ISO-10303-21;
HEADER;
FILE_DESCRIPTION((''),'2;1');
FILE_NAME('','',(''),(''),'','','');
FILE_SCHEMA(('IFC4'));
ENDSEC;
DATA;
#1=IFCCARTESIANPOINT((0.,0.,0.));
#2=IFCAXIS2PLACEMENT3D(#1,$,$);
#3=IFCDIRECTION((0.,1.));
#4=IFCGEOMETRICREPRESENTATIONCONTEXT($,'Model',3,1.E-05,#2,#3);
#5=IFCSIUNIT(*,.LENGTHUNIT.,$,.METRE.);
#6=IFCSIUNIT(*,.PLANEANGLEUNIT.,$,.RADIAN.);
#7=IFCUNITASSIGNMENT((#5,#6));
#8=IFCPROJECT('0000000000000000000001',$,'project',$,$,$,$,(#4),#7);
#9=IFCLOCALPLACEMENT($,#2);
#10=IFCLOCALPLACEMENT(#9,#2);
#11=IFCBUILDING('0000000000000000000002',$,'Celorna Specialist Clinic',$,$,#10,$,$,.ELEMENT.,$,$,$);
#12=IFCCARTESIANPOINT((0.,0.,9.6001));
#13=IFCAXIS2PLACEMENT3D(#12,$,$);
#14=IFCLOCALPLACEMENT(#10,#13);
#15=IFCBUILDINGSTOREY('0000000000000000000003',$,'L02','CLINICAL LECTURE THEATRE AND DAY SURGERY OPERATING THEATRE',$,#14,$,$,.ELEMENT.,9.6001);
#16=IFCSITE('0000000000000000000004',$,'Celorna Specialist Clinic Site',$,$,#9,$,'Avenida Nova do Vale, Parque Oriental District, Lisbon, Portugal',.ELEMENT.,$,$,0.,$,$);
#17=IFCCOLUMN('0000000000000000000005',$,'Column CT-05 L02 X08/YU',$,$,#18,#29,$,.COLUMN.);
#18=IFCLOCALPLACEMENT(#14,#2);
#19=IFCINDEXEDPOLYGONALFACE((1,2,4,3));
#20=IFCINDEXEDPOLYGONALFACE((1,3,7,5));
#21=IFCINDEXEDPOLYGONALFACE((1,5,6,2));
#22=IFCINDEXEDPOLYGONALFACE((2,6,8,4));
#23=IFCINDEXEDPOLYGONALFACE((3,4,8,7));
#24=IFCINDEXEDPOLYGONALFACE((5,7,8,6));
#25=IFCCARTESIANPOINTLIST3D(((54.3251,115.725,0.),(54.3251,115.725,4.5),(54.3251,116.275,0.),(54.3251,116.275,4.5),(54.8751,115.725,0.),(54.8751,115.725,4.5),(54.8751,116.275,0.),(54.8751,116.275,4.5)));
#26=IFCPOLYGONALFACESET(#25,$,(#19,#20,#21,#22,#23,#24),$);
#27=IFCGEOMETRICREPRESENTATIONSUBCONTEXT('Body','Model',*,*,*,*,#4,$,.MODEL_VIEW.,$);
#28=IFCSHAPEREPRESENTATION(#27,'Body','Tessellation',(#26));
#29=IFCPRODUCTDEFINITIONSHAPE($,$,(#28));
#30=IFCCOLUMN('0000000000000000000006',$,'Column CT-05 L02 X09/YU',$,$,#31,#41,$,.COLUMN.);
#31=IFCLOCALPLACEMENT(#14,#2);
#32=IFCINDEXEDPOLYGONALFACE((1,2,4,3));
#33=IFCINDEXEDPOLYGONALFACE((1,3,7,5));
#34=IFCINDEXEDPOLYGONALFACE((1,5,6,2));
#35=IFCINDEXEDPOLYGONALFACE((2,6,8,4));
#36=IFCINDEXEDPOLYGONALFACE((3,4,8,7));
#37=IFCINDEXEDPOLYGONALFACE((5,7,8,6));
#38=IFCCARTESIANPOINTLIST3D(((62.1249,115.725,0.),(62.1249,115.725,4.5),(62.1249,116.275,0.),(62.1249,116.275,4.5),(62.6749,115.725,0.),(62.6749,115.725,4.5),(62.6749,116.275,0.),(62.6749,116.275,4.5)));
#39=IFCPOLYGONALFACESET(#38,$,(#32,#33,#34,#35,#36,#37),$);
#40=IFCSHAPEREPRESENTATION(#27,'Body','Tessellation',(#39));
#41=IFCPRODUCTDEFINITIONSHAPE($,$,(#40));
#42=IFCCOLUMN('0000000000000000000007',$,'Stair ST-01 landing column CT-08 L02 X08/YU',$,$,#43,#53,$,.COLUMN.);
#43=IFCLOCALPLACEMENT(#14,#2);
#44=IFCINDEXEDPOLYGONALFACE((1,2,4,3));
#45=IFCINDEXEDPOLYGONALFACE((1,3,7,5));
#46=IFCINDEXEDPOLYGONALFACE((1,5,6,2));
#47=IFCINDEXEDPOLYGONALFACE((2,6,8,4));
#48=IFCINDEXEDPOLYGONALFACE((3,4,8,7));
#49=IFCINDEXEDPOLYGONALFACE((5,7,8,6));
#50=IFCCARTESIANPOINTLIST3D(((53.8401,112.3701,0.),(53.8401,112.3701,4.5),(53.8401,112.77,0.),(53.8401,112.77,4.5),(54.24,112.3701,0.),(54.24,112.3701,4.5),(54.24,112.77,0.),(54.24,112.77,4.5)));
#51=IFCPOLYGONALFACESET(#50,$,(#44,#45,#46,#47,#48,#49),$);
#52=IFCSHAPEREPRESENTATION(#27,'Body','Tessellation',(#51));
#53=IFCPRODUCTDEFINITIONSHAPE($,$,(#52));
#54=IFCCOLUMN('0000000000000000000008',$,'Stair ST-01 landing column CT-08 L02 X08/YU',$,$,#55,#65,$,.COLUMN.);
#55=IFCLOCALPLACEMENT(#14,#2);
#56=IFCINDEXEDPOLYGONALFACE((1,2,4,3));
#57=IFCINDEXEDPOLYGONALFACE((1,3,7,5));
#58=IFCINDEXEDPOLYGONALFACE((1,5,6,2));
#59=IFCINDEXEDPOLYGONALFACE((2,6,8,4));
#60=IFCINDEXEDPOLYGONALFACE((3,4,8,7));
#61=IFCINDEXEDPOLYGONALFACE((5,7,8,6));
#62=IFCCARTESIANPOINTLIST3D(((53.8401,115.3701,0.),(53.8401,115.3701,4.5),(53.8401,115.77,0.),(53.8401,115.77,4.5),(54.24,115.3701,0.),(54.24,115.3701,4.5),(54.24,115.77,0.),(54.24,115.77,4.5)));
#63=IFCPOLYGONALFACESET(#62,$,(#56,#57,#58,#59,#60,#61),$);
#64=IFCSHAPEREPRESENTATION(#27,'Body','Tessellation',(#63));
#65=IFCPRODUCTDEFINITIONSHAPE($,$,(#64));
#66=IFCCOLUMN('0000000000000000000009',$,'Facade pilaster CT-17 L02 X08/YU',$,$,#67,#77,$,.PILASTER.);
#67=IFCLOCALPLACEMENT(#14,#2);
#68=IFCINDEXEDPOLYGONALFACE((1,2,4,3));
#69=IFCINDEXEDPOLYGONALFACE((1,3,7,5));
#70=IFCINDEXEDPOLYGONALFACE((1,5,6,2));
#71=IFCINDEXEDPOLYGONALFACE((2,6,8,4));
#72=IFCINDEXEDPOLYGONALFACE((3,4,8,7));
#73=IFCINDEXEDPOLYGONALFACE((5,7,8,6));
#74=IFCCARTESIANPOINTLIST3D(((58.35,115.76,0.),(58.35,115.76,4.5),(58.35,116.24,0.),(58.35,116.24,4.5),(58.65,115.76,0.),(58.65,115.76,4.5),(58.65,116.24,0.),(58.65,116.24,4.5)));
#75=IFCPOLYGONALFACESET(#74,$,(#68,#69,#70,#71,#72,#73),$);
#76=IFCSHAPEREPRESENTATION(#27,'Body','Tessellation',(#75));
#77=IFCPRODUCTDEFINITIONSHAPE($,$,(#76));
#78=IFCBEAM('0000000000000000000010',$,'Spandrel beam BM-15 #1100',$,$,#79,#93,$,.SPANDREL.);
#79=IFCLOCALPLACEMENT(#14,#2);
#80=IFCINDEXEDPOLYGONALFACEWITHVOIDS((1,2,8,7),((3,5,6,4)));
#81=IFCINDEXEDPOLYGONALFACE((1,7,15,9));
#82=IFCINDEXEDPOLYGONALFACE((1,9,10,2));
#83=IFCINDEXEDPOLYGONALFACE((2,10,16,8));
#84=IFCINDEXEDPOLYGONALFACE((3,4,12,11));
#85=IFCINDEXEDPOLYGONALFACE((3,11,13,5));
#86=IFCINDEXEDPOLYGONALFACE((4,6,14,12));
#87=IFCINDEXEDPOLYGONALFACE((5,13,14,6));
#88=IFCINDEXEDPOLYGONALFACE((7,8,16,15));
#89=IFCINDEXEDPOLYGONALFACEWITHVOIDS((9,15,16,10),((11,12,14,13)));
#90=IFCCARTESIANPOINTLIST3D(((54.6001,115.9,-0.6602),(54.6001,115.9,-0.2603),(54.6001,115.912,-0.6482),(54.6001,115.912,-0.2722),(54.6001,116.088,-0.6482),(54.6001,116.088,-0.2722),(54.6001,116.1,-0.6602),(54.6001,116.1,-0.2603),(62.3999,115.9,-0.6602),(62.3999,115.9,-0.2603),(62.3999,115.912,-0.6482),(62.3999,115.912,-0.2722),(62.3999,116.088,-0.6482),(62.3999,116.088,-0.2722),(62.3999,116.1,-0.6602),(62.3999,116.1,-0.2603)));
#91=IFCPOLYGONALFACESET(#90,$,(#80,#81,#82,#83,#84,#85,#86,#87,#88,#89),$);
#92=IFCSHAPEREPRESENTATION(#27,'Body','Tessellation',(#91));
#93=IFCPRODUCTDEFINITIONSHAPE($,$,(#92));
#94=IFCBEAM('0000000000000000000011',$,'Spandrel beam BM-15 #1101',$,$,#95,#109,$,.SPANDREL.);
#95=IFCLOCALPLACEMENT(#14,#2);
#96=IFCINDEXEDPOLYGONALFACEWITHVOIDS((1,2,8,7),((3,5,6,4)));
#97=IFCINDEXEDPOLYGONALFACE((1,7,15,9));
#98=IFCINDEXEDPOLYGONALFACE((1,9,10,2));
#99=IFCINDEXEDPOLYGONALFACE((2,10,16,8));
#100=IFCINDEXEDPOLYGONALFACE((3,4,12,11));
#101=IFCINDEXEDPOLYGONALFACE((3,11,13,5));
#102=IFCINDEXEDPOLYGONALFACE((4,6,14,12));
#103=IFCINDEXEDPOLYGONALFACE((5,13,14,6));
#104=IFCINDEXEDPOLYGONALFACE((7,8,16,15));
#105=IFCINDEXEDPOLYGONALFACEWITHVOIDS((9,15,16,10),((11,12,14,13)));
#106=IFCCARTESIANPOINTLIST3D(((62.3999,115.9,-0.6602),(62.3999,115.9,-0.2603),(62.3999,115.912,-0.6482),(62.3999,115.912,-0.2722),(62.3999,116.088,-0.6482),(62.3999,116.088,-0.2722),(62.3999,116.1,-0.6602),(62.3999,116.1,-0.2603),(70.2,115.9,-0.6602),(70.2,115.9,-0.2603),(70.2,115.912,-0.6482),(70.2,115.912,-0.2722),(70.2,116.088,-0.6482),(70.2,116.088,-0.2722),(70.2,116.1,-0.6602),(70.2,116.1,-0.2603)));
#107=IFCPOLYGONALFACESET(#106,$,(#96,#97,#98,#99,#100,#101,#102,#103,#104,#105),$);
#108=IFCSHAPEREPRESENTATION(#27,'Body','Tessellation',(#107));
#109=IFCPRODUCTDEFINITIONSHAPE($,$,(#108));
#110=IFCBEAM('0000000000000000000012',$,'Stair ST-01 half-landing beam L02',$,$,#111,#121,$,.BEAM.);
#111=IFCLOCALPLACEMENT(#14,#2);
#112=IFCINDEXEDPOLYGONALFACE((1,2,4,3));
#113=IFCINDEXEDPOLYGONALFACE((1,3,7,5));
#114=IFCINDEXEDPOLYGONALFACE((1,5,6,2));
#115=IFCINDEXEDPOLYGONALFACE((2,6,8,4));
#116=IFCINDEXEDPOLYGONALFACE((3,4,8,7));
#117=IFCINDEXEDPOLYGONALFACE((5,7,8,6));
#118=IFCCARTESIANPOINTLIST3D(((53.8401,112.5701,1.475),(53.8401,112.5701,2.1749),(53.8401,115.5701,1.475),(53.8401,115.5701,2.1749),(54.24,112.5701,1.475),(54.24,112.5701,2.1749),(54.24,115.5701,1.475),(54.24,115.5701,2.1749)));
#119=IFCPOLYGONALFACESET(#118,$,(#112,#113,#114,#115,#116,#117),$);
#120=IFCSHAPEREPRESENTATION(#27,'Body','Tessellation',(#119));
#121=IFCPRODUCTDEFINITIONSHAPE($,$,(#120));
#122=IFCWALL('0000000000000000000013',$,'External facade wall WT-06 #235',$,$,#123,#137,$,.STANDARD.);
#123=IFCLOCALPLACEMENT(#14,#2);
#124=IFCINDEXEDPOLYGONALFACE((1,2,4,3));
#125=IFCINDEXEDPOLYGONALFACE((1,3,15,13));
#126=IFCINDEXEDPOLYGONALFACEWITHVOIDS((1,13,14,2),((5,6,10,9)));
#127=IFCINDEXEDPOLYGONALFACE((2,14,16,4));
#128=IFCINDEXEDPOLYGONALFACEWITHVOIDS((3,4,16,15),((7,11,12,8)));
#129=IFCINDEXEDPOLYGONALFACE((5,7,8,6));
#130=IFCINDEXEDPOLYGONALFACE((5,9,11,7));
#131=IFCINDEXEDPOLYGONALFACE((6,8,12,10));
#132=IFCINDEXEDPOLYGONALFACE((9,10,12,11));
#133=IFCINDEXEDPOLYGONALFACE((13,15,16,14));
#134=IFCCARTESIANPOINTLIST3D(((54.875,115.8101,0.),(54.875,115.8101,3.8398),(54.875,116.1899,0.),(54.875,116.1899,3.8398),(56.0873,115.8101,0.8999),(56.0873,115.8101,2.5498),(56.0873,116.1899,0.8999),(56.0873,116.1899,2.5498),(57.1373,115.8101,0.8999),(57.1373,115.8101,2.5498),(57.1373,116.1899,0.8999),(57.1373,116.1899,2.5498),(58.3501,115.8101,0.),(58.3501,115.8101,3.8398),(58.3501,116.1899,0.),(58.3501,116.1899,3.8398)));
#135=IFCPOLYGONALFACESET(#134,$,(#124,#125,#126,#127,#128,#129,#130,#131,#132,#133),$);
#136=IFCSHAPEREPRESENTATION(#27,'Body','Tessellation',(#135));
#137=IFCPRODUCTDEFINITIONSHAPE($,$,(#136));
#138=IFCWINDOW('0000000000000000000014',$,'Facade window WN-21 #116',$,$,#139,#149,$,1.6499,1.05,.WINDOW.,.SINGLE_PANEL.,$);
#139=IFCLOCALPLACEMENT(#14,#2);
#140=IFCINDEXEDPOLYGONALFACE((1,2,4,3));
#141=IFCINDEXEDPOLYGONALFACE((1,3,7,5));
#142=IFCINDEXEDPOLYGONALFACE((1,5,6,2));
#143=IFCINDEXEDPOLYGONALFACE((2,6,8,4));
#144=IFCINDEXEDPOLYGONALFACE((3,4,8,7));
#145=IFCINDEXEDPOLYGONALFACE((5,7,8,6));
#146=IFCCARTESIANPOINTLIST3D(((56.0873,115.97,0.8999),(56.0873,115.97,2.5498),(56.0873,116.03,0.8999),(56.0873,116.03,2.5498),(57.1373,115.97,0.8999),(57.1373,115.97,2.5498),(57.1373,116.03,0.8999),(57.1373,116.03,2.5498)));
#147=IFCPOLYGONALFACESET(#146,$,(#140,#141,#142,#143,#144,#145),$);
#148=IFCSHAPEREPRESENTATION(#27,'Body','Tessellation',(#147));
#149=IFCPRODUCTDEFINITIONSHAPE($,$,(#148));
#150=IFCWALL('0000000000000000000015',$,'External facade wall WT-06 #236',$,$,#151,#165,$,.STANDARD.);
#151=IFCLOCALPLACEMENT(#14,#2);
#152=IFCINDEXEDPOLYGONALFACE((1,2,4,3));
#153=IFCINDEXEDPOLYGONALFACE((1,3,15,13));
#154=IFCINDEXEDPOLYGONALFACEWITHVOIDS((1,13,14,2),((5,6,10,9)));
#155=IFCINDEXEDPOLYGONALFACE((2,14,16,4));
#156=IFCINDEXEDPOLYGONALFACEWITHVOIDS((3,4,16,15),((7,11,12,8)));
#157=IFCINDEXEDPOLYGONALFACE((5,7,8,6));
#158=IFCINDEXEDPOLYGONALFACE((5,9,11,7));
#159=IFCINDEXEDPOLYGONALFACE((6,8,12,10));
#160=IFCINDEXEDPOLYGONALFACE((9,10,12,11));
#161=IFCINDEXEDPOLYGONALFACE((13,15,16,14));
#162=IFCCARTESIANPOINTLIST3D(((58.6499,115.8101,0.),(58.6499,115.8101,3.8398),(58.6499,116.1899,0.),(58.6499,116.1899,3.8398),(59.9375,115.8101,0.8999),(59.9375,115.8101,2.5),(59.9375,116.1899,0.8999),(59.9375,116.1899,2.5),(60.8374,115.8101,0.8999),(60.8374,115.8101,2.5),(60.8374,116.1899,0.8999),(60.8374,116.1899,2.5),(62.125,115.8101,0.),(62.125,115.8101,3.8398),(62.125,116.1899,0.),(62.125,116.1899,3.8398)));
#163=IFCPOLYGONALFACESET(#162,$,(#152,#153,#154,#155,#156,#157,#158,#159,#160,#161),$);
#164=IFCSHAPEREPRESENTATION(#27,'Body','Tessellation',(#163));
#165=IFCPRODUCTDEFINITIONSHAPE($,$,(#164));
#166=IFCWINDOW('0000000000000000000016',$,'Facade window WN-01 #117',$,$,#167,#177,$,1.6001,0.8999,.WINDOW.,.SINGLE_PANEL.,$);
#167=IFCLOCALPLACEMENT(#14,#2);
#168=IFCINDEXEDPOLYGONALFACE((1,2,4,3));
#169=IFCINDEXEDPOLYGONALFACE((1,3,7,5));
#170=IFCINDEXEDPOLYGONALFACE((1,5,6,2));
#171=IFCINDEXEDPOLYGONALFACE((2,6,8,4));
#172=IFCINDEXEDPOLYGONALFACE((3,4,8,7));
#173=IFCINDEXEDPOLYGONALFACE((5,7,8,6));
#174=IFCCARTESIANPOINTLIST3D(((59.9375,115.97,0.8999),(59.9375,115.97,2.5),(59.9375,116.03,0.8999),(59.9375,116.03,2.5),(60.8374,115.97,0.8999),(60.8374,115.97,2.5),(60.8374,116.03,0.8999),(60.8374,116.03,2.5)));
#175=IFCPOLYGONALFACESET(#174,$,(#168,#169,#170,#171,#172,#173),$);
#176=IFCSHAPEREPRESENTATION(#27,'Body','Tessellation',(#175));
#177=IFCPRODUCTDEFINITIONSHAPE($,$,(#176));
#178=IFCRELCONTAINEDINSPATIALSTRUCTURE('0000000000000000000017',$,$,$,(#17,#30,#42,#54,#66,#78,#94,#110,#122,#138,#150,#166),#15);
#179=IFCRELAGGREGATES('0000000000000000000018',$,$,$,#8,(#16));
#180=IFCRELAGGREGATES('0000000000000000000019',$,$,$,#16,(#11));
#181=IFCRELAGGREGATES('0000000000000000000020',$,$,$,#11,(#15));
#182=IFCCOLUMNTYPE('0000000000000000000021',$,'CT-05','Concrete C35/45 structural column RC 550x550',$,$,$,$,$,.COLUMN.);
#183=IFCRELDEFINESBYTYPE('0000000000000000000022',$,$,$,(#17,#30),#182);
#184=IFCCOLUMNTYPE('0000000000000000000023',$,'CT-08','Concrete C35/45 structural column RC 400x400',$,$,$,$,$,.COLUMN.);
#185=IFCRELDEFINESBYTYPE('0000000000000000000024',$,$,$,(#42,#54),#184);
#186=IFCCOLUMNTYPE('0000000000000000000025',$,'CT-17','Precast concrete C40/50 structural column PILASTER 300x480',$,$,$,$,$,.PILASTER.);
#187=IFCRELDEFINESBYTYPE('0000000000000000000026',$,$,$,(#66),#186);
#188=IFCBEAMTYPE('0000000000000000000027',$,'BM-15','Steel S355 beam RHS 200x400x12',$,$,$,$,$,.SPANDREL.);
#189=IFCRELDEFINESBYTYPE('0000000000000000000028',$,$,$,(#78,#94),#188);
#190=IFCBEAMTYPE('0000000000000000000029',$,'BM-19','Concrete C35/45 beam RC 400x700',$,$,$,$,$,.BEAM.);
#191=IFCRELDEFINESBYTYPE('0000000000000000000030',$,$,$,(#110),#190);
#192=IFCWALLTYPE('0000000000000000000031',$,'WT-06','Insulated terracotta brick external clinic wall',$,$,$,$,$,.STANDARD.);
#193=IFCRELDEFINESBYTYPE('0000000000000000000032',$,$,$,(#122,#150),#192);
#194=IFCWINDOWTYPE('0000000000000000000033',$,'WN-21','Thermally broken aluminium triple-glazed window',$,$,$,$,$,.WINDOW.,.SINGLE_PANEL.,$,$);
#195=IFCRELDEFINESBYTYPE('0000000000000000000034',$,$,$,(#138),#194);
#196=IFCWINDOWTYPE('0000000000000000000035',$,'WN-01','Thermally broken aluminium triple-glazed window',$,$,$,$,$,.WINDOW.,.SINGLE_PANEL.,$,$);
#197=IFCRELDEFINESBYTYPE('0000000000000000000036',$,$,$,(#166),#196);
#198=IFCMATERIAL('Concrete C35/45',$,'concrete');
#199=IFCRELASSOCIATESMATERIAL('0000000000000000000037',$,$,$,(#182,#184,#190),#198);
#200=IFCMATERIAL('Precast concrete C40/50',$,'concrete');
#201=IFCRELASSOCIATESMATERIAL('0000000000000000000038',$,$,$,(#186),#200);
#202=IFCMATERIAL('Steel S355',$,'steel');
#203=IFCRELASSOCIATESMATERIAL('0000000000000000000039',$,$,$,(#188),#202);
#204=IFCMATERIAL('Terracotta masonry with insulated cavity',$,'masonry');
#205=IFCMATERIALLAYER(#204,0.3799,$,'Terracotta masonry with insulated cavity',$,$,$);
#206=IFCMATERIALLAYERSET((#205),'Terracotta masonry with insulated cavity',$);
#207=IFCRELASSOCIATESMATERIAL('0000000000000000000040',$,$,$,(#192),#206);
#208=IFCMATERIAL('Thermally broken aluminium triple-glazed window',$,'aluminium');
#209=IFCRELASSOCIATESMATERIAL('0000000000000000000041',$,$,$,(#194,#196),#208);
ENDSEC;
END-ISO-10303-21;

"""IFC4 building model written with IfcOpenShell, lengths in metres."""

from ifc_helpers import new_model, si_unit, direction, frame, frame_2d, origin, origin_2d, place, context, subcontext, project, spatial, rectangle, hollow_rectangle, extrude, material, layer, layer_set, material_profile, profile_set, type_object, element, fill, save


model = new_model("IFC4")

# Units and contexts
model_context = context("Model", 3, precision=1e-05, world=origin(), true_north=direction((0.0, 1.0)))
body_context = subcontext(model_context, "Body", "Model", "MODEL_VIEW")
ifc_project = project(units=[si_unit("LENGTHUNIT", "METRE"), si_unit("PLANEANGLEUNIT", "RADIAN")], contexts=[model_context])

# Site, building, storey
site_placement = place(None, origin())
site = spatial("IfcSite", under=ifc_project, at=site_placement, Name="Celorna Specialist Clinic Site", LongName="Avenida Nova do Vale, Parque Oriental District, Lisbon, Portugal", CompositionType="ELEMENT", RefElevation=0.0)
building_placement = place(site_placement, origin())
building = spatial("IfcBuilding", under=site, at=building_placement, Name="Celorna Specialist Clinic", CompositionType="ELEMENT")
storey_placement = place(building_placement, frame((0.0, 0.0, 9.6001)))
storey = spatial("IfcBuildingStorey", under=building, at=storey_placement, Name="L02", Description="CLINICAL LECTURE THEATRE AND DAY SURGERY OPERATING THEATRE", CompositionType="ELEMENT", Elevation=9.6001)

# Columns
ifc_material_1 = material(Name="Concrete C35/45", Category="concrete")
ifc_material_profile_1 = material_profile(ifc_material_1, rectangle(XDim=0.55, YDim=0.55, at=origin_2d()), Name="RC 550x550")
ifc_profile_set_1 = profile_set([ifc_material_profile_1], Name="Concrete C35/45")
column_type_1 = type_object("IfcColumnType", Name="CT-05", Description="Concrete C35/45 structural column RC 550x550", PredefinedType="COLUMN", material=ifc_profile_set_1)
for number, where, z_axis, x_axis, name in (
    (1, (54.6001, 116.0, 0.0), (0.0, 0.0, 1.0), (1.0, 0.0, 0.0), "Column CT-05 L02 X08/YU"),
    (2, (62.3999, 116.0, 0.0), (0.0, 0.0, 1.0), (1.0, 0.0, 0.0), "Column CT-05 L02 X09/YU"),
):
    element("IfcColumn", number, at=place(storey_placement, frame(where, z_axis=z_axis, x_axis=x_axis)), inside=storey, type_object=column_type_1, Name=name, PredefinedType="COLUMN", context=body_context, shape_type="SweptSolid", body=[
        extrude(rectangle(XDim=0.55, YDim=0.55, at=origin_2d()), origin(), (0.0, 0.0, 1.0), 4.5),
    ])
ifc_material_profile_2 = material_profile(ifc_material_1, rectangle(XDim=0.3999, YDim=0.3999, at=origin_2d()), Name="RC 400x400")
ifc_profile_set_2 = profile_set([ifc_material_profile_2], Name="Concrete C35/45")
column_type_2 = type_object("IfcColumnType", Name="CT-08", Description="Concrete C35/45 structural column RC 400x400", PredefinedType="COLUMN", material=ifc_profile_set_2)
for number, where, z_axis, x_axis, name in (
    (3, (54.04, 112.5701, 0.0), (0.0, 0.0, 1.0), (1.0, 0.0, 0.0), "Stair ST-01 landing column CT-08 L02 X08/YU"),
    (4, (54.04, 115.5701, 0.0), (0.0, 0.0, 1.0), (1.0, 0.0, 0.0), "Stair ST-01 landing column CT-08 L02 X08/YU"),
):
    element("IfcColumn", number, at=place(storey_placement, frame(where, z_axis=z_axis, x_axis=x_axis)), inside=storey, type_object=column_type_2, Name=name, PredefinedType="COLUMN", context=body_context, shape_type="SweptSolid", body=[
        extrude(rectangle(XDim=0.3999, YDim=0.3999, at=origin_2d()), origin(), (0.0, 0.0, 1.0), 4.5),
    ])
ifc_material_2 = material(Name="Precast concrete C40/50", Category="concrete")
ifc_material_profile_3 = material_profile(ifc_material_2, rectangle(XDim=0.3, YDim=0.48, at=origin_2d()), Name="PILASTER 300x480")
ifc_profile_set_3 = profile_set([ifc_material_profile_3], Name="Precast concrete C40/50")
column_type_3 = type_object("IfcColumnType", Name="CT-17", Description="Precast concrete C40/50 structural column PILASTER 300x480", PredefinedType="PILASTER", material=ifc_profile_set_3)
column_placement = place(storey_placement, frame((58.5, 116.0, 0.0), z_axis=(0.0, 0.0, 1.0), x_axis=(1.0, 0.0, 0.0)))
element("IfcColumn", 5, at=column_placement, inside=storey, type_object=column_type_3, Name="Facade pilaster CT-17 L02 X08/YU", PredefinedType="PILASTER", context=body_context, shape_type="SweptSolid", body=[
    extrude(rectangle(XDim=0.3, YDim=0.48, at=origin_2d()), origin(), (0.0, 0.0, 1.0), 4.5),
])

# Beams
ifc_material_3 = material(Name="Steel S355", Category="steel")
ifc_material_profile_4 = material_profile(ifc_material_3, hollow_rectangle(XDim=0.2, YDim=0.3999, WallThickness=0.012, at=origin_2d()), Name="RHS 200x400x12")
ifc_profile_set_4 = profile_set([ifc_material_profile_4], Name="Steel S355")
beam_type_1 = type_object("IfcBeamType", Name="BM-15", Description="Steel S355 beam RHS 200x400x12", PredefinedType="SPANDREL", material=ifc_profile_set_4)
beam_1_placement = place(storey_placement, frame((54.6001, 116.0, -0.4602), z_axis=(1.0, 0.0, 0.0), x_axis=(0.0, 1.0, 0.0)))
element("IfcBeam", 6, at=beam_1_placement, inside=storey, type_object=beam_type_1, Name="Spandrel beam BM-15 #1100", PredefinedType="SPANDREL", context=body_context, shape_type="SweptSolid", body=[
    extrude(hollow_rectangle(XDim=0.2, YDim=0.3999, WallThickness=0.012, at=origin_2d()), origin(), (0.0, 0.0, 1.0), 7.7998),
])
beam_2_placement = place(storey_placement, frame((62.3999, 116.0, -0.4602), z_axis=(1.0, 0.0, 0.0), x_axis=(0.0, 1.0, 0.0)))
element("IfcBeam", 7, at=beam_2_placement, inside=storey, type_object=beam_type_1, Name="Spandrel beam BM-15 #1101", PredefinedType="SPANDREL", context=body_context, shape_type="SweptSolid", body=[
    extrude(hollow_rectangle(XDim=0.2, YDim=0.3999, WallThickness=0.012, at=origin_2d()), origin(), (0.0, 0.0, 1.0), 7.8),
])
ifc_material_profile_5 = material_profile(ifc_material_1, rectangle(XDim=0.3999, YDim=0.7, at=origin_2d()), Name="RC 400x700")
ifc_profile_set_5 = profile_set([ifc_material_profile_5], Name="Concrete C35/45")
beam_type_2 = type_object("IfcBeamType", Name="BM-19", Description="Concrete C35/45 beam RC 400x700", PredefinedType="BEAM", material=ifc_profile_set_5)
beam_3_placement = place(storey_placement, frame((54.04, 112.5701, 1.825), z_axis=(0.0, 1.0, 0.0), x_axis=(-1.0, 0.0, 0.0)))
element("IfcBeam", 8, at=beam_3_placement, inside=storey, type_object=beam_type_2, Name="Stair ST-01 half-landing beam L02", PredefinedType="BEAM", context=body_context, shape_type="SweptSolid", body=[
    extrude(rectangle(XDim=0.3999, YDim=0.7, at=origin_2d()), origin(), (0.0, 0.0, 1.0), 3.0),
])

# Walls, openings, windows
ifc_material_4 = material(Name="Terracotta masonry with insulated cavity", Category="masonry")
ifc_layer_1 = layer(ifc_material_4, 0.3799, Name="Terracotta masonry with insulated cavity")
ifc_layer_set_1 = layer_set([ifc_layer_1], Name="Terracotta masonry with insulated cavity")
wall_type_1 = type_object("IfcWallType", Name="WT-06", Description="Insulated terracotta brick external clinic wall", PredefinedType="STANDARD", material=ifc_layer_set_1)
wall_1_placement = place(storey_placement, frame((54.875, 116.0, 0.0), z_axis=(0.0, 0.0, 1.0), x_axis=(1.0, 0.0, 0.0)))
wall_1 = element("IfcWall", 9, at=wall_1_placement, inside=storey, type_object=wall_type_1, Name="External facade wall WT-06 #235", PredefinedType="STANDARD", context=body_context, shape_type="SweptSolid", body=[
    extrude(rectangle(XDim=3.4751, YDim=0.3799, at=frame_2d((1.7375, 0.0))), origin(), (0.0, 0.0, 1.0), 3.8398),
])
opening_1_placement = place(wall_1_placement, frame((1.2124, 0.0, 0.8999)))
opening_1 = element("IfcOpeningElement", 10, at=opening_1_placement, cuts=wall_1, PredefinedType="OPENING", context=body_context, shape_type="SweptSolid", body=[
    extrude(rectangle(XDim=1.05, YDim=1.6499, at=frame_2d((0.5249, 0.825))), frame((0.0, 0.2, 0.0), z_axis=(0.0, -1.0, 0.0), x_axis=(1.0, 0.0, 0.0)), (0.0, 0.0, 1.0), 0.3999),
])
ifc_material_5 = material(Name="Thermally broken aluminium triple-glazed window", Category="aluminium")
window_type_1 = type_object("IfcWindowType", Name="WN-21", Description="Thermally broken aluminium triple-glazed window", PartitioningType="SINGLE_PANEL", PredefinedType="WINDOW", material=ifc_material_5)
window_1_placement = place(opening_1_placement, origin())
window_1 = element("IfcWindow", 11, at=window_1_placement, inside=storey, type_object=window_type_1, Name="Facade window WN-21 #116", OverallHeight=1.6499, OverallWidth=1.05, PartitioningType="SINGLE_PANEL", PredefinedType="WINDOW", context=body_context, shape_type="SweptSolid", body=[
    extrude(rectangle(XDim=1.05, YDim=1.6499, at=frame_2d((0.5249, 0.825))), frame((0.0, 0.03, 0.0), z_axis=(0.0, -1.0, 0.0), x_axis=(1.0, 0.0, 0.0)), (0.0, 0.0, 1.0), 0.0601),
])
fill(opening_1, window_1)
wall_2_placement = place(storey_placement, frame((58.6499, 116.0, 0.0), z_axis=(0.0, 0.0, 1.0), x_axis=(1.0, 0.0, 0.0)))
wall_2 = element("IfcWall", 12, at=wall_2_placement, inside=storey, type_object=wall_type_1, Name="External facade wall WT-06 #236", PredefinedType="STANDARD", context=body_context, shape_type="SweptSolid", body=[
    extrude(rectangle(XDim=3.4751, YDim=0.3799, at=frame_2d((1.7375, 0.0))), origin(), (0.0, 0.0, 1.0), 3.8398),
])
opening_2_placement = place(wall_2_placement, frame((1.2876, 0.0, 0.8999)))
opening_2 = element("IfcOpeningElement", 13, at=opening_2_placement, cuts=wall_2, PredefinedType="OPENING", context=body_context, shape_type="SweptSolid", body=[
    extrude(rectangle(XDim=0.8999, YDim=1.6001, at=frame_2d((0.45, 0.8))), frame((0.0, 0.2, 0.0), z_axis=(0.0, -1.0, 0.0), x_axis=(1.0, 0.0, 0.0)), (0.0, 0.0, 1.0), 0.3999),
])
window_type_2 = type_object("IfcWindowType", Name="WN-01", Description="Thermally broken aluminium triple-glazed window", PartitioningType="SINGLE_PANEL", PredefinedType="WINDOW", material=ifc_material_5)
window_2_placement = place(opening_2_placement, origin())
window_2 = element("IfcWindow", 14, at=window_2_placement, inside=storey, type_object=window_type_2, Name="Facade window WN-01 #117", OverallHeight=1.6001, OverallWidth=0.8999, PartitioningType="SINGLE_PANEL", PredefinedType="WINDOW", context=body_context, shape_type="SweptSolid", body=[
    extrude(rectangle(XDim=0.8999, YDim=1.6001, at=frame_2d((0.45, 0.8))), frame((0.0, 0.03, 0.0), z_axis=(0.0, -1.0, 0.0), x_axis=(1.0, 0.0, 0.0)), (0.0, 0.0, 1.0), 0.0601),
])
fill(opening_2, window_2)

save(model, "model.ifc")
